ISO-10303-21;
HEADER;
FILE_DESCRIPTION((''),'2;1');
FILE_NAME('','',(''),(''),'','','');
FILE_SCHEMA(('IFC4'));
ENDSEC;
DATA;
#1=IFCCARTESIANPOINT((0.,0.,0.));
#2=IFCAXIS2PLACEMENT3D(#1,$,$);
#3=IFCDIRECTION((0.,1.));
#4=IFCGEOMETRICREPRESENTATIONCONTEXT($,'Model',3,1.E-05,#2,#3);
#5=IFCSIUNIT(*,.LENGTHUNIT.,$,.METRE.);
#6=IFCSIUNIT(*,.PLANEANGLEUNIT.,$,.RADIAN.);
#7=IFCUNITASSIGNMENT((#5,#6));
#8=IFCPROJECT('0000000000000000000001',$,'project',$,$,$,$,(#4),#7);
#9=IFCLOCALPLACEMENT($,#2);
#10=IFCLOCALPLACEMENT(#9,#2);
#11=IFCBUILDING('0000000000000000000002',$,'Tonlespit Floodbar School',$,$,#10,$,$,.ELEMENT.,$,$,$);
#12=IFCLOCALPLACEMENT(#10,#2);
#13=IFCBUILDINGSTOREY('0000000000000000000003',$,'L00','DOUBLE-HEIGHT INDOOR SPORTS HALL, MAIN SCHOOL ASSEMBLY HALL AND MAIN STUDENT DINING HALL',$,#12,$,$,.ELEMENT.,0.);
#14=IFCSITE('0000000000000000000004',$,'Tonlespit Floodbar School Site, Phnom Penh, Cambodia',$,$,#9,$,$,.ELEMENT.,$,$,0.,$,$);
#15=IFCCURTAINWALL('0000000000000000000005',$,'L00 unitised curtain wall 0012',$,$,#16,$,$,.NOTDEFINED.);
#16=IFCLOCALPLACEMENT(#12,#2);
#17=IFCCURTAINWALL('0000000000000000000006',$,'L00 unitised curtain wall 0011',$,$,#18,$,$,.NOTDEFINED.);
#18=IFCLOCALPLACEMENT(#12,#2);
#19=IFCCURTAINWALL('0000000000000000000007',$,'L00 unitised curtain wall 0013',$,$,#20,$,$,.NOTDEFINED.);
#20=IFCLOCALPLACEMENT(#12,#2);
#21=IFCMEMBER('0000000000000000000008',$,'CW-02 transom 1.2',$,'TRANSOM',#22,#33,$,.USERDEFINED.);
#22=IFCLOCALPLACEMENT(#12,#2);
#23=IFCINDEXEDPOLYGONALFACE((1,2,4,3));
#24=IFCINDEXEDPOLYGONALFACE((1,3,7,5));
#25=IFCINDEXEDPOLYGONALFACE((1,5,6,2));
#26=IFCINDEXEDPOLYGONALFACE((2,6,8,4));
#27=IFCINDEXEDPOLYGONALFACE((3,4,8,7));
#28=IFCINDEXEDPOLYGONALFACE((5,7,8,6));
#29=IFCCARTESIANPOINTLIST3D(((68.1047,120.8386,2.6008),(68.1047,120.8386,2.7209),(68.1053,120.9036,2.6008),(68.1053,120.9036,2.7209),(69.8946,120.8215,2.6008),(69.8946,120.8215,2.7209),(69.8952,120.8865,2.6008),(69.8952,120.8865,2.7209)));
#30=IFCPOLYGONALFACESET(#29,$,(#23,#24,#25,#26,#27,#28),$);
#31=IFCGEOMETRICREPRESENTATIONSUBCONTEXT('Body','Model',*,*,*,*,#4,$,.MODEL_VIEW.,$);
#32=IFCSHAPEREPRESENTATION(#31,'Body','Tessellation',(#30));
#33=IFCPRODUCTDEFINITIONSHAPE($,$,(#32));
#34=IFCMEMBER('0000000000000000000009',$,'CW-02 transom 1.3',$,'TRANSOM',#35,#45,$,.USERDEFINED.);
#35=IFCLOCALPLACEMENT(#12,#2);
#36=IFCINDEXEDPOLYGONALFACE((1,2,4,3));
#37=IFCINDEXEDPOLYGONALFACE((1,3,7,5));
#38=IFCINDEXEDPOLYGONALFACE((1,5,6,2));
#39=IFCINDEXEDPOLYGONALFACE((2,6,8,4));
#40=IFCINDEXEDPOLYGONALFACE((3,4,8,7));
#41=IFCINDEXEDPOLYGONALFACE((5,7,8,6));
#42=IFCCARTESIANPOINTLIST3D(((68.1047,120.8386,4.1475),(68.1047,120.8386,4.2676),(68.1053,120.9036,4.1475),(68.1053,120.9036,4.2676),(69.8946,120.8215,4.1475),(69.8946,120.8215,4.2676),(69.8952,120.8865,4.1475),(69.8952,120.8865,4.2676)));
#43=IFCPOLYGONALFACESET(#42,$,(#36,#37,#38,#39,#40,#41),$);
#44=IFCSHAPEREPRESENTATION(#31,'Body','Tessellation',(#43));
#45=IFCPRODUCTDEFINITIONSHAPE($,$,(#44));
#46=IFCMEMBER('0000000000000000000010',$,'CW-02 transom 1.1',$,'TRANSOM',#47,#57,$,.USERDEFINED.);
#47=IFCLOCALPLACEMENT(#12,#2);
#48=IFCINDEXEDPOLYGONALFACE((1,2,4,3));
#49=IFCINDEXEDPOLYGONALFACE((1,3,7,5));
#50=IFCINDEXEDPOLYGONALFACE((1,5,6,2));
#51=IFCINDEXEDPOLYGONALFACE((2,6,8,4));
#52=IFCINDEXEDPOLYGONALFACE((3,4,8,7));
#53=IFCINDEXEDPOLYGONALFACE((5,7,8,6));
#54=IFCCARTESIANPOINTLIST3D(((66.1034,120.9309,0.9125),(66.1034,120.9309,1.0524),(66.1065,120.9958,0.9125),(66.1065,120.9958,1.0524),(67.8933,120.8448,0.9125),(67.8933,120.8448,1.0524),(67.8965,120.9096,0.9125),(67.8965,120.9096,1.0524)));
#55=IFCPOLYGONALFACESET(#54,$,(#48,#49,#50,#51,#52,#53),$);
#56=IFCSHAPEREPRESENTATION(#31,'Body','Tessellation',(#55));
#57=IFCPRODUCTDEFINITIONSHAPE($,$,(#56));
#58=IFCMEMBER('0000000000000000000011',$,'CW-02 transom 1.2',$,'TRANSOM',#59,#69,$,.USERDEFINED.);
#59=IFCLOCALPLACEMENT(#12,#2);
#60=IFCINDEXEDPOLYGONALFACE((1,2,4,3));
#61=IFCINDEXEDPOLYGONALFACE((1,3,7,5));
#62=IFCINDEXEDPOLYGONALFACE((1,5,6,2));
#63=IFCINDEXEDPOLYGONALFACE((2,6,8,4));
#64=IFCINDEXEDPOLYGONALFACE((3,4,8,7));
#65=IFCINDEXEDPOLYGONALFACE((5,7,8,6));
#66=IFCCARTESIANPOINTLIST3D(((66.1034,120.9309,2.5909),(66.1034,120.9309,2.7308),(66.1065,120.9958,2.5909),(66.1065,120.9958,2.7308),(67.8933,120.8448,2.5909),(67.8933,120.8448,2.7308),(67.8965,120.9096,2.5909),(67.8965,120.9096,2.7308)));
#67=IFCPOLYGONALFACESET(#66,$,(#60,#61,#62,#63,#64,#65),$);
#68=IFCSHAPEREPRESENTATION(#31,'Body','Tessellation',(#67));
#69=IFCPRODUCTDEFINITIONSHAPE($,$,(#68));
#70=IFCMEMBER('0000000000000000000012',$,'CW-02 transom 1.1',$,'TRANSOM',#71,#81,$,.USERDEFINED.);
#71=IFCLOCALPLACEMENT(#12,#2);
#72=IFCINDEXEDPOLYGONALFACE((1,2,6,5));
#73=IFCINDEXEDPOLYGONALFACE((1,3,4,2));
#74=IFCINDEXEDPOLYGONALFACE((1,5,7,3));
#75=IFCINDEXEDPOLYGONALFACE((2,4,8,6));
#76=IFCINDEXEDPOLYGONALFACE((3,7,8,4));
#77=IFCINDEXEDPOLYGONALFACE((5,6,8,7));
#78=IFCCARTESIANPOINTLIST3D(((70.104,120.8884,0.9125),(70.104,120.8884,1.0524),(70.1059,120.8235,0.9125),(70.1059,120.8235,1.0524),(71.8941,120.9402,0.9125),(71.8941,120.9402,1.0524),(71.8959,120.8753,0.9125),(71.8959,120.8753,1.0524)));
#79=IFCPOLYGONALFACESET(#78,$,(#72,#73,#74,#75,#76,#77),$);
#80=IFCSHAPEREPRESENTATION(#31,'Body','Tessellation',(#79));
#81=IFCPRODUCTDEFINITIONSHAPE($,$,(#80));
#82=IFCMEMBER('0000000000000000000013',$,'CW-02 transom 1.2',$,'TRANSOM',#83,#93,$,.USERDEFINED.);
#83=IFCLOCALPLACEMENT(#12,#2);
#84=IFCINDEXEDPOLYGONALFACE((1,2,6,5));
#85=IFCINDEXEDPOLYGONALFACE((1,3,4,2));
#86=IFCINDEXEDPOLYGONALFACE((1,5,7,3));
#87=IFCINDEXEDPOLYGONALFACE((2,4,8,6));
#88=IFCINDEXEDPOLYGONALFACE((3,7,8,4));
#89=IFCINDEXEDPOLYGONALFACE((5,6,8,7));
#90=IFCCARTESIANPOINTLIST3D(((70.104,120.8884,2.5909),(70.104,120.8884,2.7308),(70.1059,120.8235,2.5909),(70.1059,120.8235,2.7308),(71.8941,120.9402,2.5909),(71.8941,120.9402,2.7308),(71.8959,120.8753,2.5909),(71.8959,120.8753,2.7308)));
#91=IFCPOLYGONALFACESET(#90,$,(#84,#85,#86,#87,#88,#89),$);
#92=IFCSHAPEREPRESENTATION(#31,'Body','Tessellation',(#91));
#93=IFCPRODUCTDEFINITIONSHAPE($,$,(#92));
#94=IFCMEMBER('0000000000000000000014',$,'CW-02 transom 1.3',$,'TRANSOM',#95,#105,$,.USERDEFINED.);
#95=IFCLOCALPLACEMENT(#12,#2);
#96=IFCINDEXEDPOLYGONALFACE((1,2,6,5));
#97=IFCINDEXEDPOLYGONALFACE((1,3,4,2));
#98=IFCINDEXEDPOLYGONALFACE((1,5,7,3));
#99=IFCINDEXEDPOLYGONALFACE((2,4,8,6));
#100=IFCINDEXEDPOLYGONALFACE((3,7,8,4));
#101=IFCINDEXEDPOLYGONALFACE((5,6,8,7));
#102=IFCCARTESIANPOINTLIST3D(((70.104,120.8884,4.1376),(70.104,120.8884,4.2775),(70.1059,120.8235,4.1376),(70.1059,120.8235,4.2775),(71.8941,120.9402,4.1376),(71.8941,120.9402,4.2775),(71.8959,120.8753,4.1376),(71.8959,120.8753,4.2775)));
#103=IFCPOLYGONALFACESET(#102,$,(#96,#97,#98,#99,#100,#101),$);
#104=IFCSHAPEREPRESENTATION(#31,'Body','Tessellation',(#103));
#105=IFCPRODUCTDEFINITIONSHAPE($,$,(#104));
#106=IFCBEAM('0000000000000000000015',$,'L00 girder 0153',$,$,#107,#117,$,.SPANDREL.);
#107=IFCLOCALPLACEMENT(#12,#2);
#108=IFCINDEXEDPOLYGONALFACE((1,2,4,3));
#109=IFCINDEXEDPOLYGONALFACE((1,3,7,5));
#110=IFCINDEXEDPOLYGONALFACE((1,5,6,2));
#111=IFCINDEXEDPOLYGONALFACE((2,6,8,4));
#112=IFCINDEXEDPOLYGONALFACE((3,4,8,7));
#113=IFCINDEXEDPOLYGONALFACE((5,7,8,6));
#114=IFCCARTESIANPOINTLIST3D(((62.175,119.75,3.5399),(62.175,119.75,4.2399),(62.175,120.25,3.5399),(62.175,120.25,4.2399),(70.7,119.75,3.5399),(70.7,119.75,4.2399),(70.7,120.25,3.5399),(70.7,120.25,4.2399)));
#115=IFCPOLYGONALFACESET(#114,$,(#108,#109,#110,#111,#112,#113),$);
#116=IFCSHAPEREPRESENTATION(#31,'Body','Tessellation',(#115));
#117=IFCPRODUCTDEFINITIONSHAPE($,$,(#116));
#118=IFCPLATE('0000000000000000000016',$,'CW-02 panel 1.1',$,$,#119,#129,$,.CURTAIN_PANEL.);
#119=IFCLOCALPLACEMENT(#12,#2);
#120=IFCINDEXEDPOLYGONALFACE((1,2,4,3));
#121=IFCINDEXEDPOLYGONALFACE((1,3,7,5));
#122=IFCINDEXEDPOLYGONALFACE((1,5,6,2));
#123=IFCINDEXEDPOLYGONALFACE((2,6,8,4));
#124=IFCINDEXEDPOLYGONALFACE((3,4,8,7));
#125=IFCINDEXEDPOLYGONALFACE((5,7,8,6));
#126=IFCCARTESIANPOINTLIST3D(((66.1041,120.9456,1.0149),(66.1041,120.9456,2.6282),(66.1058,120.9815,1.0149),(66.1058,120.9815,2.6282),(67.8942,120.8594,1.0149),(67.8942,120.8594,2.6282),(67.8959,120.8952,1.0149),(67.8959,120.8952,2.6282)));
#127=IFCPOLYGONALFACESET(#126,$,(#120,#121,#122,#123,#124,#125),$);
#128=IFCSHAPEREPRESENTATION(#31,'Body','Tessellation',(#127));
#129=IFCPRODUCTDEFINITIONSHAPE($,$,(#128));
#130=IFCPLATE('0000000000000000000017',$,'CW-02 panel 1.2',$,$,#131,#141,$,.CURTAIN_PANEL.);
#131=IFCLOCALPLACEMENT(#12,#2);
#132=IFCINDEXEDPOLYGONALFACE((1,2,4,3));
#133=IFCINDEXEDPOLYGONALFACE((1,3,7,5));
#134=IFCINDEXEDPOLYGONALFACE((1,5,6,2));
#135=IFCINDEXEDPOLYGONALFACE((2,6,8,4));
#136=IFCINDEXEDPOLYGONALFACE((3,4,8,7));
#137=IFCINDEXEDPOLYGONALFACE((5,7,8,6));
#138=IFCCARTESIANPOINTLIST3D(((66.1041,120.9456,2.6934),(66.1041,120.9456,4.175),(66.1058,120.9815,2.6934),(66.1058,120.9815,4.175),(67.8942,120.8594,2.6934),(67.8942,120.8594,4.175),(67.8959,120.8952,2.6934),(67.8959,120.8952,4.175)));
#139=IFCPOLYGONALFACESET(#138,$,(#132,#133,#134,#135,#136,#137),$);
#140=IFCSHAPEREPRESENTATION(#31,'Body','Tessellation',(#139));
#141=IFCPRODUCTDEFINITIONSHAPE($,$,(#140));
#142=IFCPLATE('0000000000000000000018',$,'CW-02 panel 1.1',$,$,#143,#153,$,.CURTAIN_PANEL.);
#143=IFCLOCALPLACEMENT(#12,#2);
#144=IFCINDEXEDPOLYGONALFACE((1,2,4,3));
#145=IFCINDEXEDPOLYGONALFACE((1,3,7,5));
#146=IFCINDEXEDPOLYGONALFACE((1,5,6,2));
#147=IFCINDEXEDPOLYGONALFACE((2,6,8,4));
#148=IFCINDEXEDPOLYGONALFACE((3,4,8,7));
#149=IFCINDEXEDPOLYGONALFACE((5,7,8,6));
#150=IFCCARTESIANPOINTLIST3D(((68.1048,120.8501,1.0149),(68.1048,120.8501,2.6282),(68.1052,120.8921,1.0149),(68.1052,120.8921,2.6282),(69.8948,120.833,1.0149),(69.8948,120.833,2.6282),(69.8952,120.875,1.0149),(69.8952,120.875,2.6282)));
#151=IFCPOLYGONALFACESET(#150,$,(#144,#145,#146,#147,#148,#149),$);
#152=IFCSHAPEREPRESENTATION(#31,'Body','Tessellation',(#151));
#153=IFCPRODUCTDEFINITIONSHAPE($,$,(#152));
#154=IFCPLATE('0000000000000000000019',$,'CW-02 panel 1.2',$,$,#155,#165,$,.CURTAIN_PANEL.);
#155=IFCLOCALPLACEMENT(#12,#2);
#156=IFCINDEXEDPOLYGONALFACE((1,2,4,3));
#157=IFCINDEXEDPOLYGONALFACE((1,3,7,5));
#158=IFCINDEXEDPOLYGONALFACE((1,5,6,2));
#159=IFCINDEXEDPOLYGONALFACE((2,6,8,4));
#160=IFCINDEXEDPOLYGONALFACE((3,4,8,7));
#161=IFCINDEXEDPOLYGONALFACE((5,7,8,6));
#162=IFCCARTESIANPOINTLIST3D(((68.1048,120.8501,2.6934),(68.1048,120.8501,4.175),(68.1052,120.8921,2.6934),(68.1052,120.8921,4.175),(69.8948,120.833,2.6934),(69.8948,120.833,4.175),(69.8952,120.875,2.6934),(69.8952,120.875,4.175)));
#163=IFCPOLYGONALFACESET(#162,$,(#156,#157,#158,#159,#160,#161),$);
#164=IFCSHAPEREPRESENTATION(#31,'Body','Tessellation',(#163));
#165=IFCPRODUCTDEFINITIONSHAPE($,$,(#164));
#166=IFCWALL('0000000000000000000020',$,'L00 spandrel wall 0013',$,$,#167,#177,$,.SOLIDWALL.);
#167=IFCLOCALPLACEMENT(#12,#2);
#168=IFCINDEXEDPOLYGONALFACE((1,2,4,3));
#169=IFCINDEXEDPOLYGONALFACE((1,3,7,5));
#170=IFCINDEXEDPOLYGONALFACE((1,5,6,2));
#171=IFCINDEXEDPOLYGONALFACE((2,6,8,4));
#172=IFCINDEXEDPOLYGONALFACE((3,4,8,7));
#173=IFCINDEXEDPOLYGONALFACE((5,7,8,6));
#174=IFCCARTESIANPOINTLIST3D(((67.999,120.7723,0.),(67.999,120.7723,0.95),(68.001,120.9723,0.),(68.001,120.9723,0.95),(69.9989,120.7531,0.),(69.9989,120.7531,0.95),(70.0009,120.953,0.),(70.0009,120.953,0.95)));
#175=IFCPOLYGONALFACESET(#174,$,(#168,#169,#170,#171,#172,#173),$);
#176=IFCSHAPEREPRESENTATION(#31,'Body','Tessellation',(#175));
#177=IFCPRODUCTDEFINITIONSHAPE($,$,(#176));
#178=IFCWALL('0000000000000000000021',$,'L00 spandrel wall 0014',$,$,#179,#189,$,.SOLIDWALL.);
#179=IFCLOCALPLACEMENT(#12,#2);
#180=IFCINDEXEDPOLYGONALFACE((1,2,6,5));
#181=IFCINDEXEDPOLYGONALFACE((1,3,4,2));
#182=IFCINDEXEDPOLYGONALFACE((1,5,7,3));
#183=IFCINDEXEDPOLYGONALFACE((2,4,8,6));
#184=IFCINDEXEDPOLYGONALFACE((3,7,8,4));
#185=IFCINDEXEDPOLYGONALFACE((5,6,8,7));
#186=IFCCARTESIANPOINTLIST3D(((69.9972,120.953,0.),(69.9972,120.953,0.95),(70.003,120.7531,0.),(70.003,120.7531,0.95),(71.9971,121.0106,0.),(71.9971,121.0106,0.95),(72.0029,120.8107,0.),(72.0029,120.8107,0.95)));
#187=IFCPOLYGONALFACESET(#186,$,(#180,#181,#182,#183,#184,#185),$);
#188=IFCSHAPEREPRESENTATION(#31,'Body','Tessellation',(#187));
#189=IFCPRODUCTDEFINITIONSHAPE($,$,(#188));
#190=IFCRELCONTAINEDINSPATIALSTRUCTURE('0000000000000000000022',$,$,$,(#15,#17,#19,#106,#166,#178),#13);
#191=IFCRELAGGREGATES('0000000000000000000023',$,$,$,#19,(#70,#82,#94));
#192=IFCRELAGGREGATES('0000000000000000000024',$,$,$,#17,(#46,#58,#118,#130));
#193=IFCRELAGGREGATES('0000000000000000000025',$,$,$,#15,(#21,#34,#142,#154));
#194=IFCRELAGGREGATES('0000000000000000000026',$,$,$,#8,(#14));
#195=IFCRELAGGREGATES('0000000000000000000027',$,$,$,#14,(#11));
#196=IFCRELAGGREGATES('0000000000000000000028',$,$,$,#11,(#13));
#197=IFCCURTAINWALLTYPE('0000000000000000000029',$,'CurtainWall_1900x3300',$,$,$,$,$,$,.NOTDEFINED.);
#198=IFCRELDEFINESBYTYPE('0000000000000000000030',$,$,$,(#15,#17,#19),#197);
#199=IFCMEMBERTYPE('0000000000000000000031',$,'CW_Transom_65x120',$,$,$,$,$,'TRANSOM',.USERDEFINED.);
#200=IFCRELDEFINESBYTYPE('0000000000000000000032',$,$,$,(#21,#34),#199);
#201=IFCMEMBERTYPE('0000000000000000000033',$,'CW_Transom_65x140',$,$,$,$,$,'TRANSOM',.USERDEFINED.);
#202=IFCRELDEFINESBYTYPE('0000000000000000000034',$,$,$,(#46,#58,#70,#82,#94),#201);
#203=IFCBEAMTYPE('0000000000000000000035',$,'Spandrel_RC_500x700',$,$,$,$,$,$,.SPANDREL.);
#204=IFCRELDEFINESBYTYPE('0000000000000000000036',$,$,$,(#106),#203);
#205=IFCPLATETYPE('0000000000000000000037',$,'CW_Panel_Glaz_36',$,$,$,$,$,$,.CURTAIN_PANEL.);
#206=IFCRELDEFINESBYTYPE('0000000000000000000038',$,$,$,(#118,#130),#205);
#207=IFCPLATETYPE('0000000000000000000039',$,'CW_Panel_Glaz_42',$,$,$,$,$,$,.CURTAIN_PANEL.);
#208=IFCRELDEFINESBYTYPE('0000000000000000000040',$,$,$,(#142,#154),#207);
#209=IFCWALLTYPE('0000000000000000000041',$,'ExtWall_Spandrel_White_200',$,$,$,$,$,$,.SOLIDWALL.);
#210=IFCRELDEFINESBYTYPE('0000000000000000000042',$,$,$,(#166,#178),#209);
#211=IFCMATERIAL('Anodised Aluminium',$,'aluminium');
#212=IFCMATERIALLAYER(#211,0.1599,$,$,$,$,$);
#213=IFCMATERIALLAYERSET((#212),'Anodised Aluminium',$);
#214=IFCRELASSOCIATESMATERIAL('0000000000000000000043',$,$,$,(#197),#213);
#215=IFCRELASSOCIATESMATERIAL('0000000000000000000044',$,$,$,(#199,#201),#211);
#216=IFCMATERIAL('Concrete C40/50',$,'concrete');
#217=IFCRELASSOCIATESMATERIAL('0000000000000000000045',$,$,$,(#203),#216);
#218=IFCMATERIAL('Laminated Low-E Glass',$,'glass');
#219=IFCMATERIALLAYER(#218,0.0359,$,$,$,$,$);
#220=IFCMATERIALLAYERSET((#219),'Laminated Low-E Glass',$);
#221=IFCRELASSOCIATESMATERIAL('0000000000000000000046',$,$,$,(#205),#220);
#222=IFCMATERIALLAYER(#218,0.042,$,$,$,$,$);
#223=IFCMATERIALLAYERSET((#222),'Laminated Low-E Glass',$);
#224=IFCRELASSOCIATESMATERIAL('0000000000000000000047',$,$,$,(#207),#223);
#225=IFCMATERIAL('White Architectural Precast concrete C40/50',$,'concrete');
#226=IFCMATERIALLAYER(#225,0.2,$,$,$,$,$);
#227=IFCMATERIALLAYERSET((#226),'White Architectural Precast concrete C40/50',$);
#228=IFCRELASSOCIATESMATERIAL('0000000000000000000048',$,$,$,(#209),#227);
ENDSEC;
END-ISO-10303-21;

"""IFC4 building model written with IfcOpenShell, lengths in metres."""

from ifc_helpers import new_model, si_unit, direction, frame, frame_2d, origin, origin_2d, place, context, subcontext, project, spatial, rectangle, extrude, material, layer, layer_set, material_profile, profile_set, type_object, element, aggregate, save


model = new_model("IFC4")

# Units and contexts
model_context = context("Model", 3, precision=1e-05, world=origin(), true_north=direction((0.0, 1.0)))
body_context = subcontext(model_context, "Body", "Model", "MODEL_VIEW")
ifc_project = project(units=[si_unit("LENGTHUNIT", "METRE"), si_unit("PLANEANGLEUNIT", "RADIAN")], contexts=[model_context])

# Site, building, storey
site_placement = place(None, origin())
site = spatial("IfcSite", under=ifc_project, at=site_placement, Name="Tonlespit Floodbar School Site, Phnom Penh, Cambodia", CompositionType="ELEMENT", RefElevation=0.0)
building_placement = place(site_placement, origin())
building = spatial("IfcBuilding", under=site, at=building_placement, Name="Tonlespit Floodbar School", CompositionType="ELEMENT")
storey_placement = place(building_placement, origin())
storey = spatial("IfcBuildingStorey", under=building, at=storey_placement, Name="L00", Description="DOUBLE-HEIGHT INDOOR SPORTS HALL, MAIN SCHOOL ASSEMBLY HALL AND MAIN STUDENT DINING HALL", CompositionType="ELEMENT", Elevation=0.0)

# Shared definitions
ifc_material_1 = material(Name="Concrete C40/50", Category="concrete")

# Curtain wall
ifc_material_2 = material(Name="Anodised Aluminium", Category="aluminium")
ifc_layer_1 = layer(ifc_material_2, 0.1599)
ifc_layer_set_1 = layer_set([ifc_layer_1], Name="Anodised Aluminium")
curtain_wall_type = type_object("IfcCurtainWallType", Name="CurtainWall_1900x3300", PredefinedType="NOTDEFINED", material=ifc_layer_set_1)
curtain_wall_1_placement = place(storey_placement, origin())
curtain_wall_1 = element("IfcCurtainWall", 1, at=curtain_wall_1_placement, inside=storey, type_object=curtain_wall_type, Name="L00 unitised curtain wall 0012", PredefinedType="NOTDEFINED")

# Curtain walls
curtain_wall_2_placement = place(storey_placement, origin())
curtain_wall_2 = element("IfcCurtainWall", 2, at=curtain_wall_2_placement, inside=storey, type_object=curtain_wall_type, Name="L00 unitised curtain wall 0011", PredefinedType="NOTDEFINED")
curtain_wall_3_placement = place(storey_placement, origin())
curtain_wall_3 = element("IfcCurtainWall", 3, at=curtain_wall_3_placement, inside=storey, type_object=curtain_wall_type, Name="L00 unitised curtain wall 0013", PredefinedType="NOTDEFINED")

# Members
ifc_material_profile_1 = material_profile(ifc_material_2, rectangle(XDim=0.0649, YDim=0.1201, at=origin_2d()), Name="ALU T65x120")
ifc_profile_set_1 = profile_set([ifc_material_profile_1], Name="Anodised Aluminium")
member_type_1 = type_object("IfcMemberType", Name="CW_Transom_65x120", ElementType="TRANSOM", PredefinedType="USERDEFINED", material=ifc_profile_set_1)
member_1_placement = place(storey_placement, frame((68.105, 120.8711, 2.6609), z_axis=(0.999954, -0.009547, 0.0), x_axis=(0.009547, 0.999954, 0.0)))
member_1 = element("IfcMember", 4, at=member_1_placement, type_object=member_type_1, Name="CW-02 transom 1.2", ObjectType="TRANSOM", PredefinedType="USERDEFINED", context=body_context, shape_type="SweptSolid", body=[
    extrude(rectangle(XDim=0.0649, YDim=0.1201, at=origin_2d()), origin(), (0.0, 0.0, 1.0), 1.79),
])
member_2_placement = place(storey_placement, frame((68.105, 120.8711, 4.2075), z_axis=(0.999954, -0.009547, 0.0), x_axis=(0.009547, 0.999954, 0.0)))
member_2 = element("IfcMember", 5, at=member_2_placement, type_object=member_type_1, Name="CW-02 transom 1.3", ObjectType="TRANSOM", PredefinedType="USERDEFINED", context=body_context, shape_type="SweptSolid", body=[
    extrude(rectangle(XDim=0.0649, YDim=0.1201, at=origin_2d()), origin(), (0.0, 0.0, 1.0), 1.79),
])
ifc_material_profile_2 = material_profile(ifc_material_2, rectangle(XDim=0.0649, YDim=0.1399, at=origin_2d()), Name="ALU T65x140")
ifc_profile_set_2 = profile_set([ifc_material_profile_2], Name="Anodised Aluminium")
member_type_2 = type_object("IfcMemberType", Name="CW_Transom_65x140", ElementType="TRANSOM", PredefinedType="USERDEFINED", material=ifc_profile_set_2)
member_3_placement = place(storey_placement, frame((66.105, 120.9634, 0.9824), z_axis=(0.998843, -0.048089, 0.0), x_axis=(0.048089, 0.998843, 0.0)))
member_3 = element("IfcMember", 6, at=member_3_placement, type_object=member_type_2, Name="CW-02 transom 1.1", ObjectType="TRANSOM", PredefinedType="USERDEFINED", context=body_context, shape_type="SweptSolid", body=[
    extrude(rectangle(XDim=0.0649, YDim=0.1399, at=origin_2d()), origin(), (0.0, 0.0, 1.0), 1.792),
])
member_4_placement = place(storey_placement, frame((66.105, 120.9634, 2.6609), z_axis=(0.998843, -0.048089, 0.0), x_axis=(0.048089, 0.998843, 0.0)))
member_4 = element("IfcMember", 7, at=member_4_placement, type_object=member_type_2, Name="CW-02 transom 1.2", ObjectType="TRANSOM", PredefinedType="USERDEFINED", context=body_context, shape_type="SweptSolid", body=[
    extrude(rectangle(XDim=0.0649, YDim=0.1399, at=origin_2d()), origin(), (0.0, 0.0, 1.0), 1.792),
])
member_5_placement = place(storey_placement, frame((70.105, 120.856, 0.9824), z_axis=(0.999582, 0.028902, 0.0), x_axis=(-0.028902, 0.999582, 0.0)))
member_5 = element("IfcMember", 8, at=member_5_placement, type_object=member_type_2, Name="CW-02 transom 1.1", ObjectType="TRANSOM", PredefinedType="USERDEFINED", context=body_context, shape_type="SweptSolid", body=[
    extrude(rectangle(XDim=0.0649, YDim=0.1399, at=origin_2d()), origin(), (0.0, 0.0, 1.0), 1.7908),
])
member_6_placement = place(storey_placement, frame((70.105, 120.856, 2.6609), z_axis=(0.999582, 0.028902, 0.0), x_axis=(-0.028902, 0.999582, 0.0)))
member_6 = element("IfcMember", 9, at=member_6_placement, type_object=member_type_2, Name="CW-02 transom 1.2", ObjectType="TRANSOM", PredefinedType="USERDEFINED", context=body_context, shape_type="SweptSolid", body=[
    extrude(rectangle(XDim=0.0649, YDim=0.1399, at=origin_2d()), origin(), (0.0, 0.0, 1.0), 1.7908),
])
member_7_placement = place(storey_placement, frame((70.105, 120.856, 4.2075), z_axis=(0.999582, 0.028902, 0.0), x_axis=(-0.028902, 0.999582, 0.0)))
member_7 = element("IfcMember", 10, at=member_7_placement, type_object=member_type_2, Name="CW-02 transom 1.3", ObjectType="TRANSOM", PredefinedType="USERDEFINED", context=body_context, shape_type="SweptSolid", body=[
    extrude(rectangle(XDim=0.0649, YDim=0.1399, at=origin_2d()), origin(), (0.0, 0.0, 1.0), 1.7908),
])
aggregate(curtain_wall_3, [member_5, member_6, member_7])

# Beam
ifc_material_profile_3 = material_profile(ifc_material_1, rectangle(XDim=0.5, YDim=0.7, at=origin_2d()), Name="RC 500x700")
ifc_profile_set_3 = profile_set([ifc_material_profile_3], Name="Concrete C40/50")
beam_type_1 = type_object("IfcBeamType", Name="Spandrel_RC_500x700", PredefinedType="SPANDREL", material=ifc_profile_set_3)
beam_1_placement = place(storey_placement, frame((62.175, 120.0, 3.8899), z_axis=(1.0, 0.0, 0.0), x_axis=(0.0, 1.0, 0.0)))
element("IfcBeam", 11, at=beam_1_placement, inside=storey, type_object=beam_type_1, Name="L00 girder 0153", PredefinedType="SPANDREL", context=body_context, shape_type="SweptSolid", body=[
    extrude(rectangle(XDim=0.5, YDim=0.7, at=origin_2d()), origin(), (0.0, 0.0, 1.0), 8.5249),
])

# Plates
ifc_material_3 = material(Name="Laminated Low-E Glass", Category="glass")
ifc_layer_2 = layer(ifc_material_3, 0.0359)
ifc_layer_set_2 = layer_set([ifc_layer_2], Name="Laminated Low-E Glass")
plate_type_1 = type_object("IfcPlateType", Name="CW_Panel_Glaz_36", PredefinedType="CURTAIN_PANEL", material=ifc_layer_set_2)
plate_1_placement = place(storey_placement, frame((67.0, 120.9204, 1.0149), z_axis=(0.0, 0.0, 1.0), x_axis=(0.998842, -0.048121, 0.0)))
plate_1 = element("IfcPlate", 12, at=plate_1_placement, type_object=plate_type_1, Name="CW-02 panel 1.1", PredefinedType="CURTAIN_PANEL", context=body_context, shape_type="SweptSolid", body=[
    extrude(rectangle(XDim=1.7922, YDim=0.0359, at=origin_2d()), origin(), (0.0, 0.0, 1.0), 1.6133),
])
plate_2_placement = place(storey_placement, frame((67.0, 120.9204, 2.6934), z_axis=(0.0, 0.0, 1.0), x_axis=(0.998842, -0.048121, 0.0)))
plate_2 = element("IfcPlate", 13, at=plate_2_placement, type_object=plate_type_1, Name="CW-02 panel 1.2", PredefinedType="CURTAIN_PANEL", context=body_context, shape_type="SweptSolid", body=[
    extrude(rectangle(XDim=1.7922, YDim=0.0359, at=origin_2d()), origin(), (0.0, 0.0, 1.0), 1.4817),
])
aggregate(curtain_wall_2, [member_3, member_4, plate_1, plate_2])
ifc_layer_3 = layer(ifc_material_3, 0.042)
ifc_layer_set_3 = layer_set([ifc_layer_3], Name="Laminated Low-E Glass")
plate_type_2 = type_object("IfcPlateType", Name="CW_Panel_Glaz_42", PredefinedType="CURTAIN_PANEL", material=ifc_layer_set_3)
plate_3_placement = place(storey_placement, frame((69.0, 120.8625, 1.0149), z_axis=(0.0, 0.0, 1.0), x_axis=(0.999954, -0.009583, 0.0)))
plate_3 = element("IfcPlate", 14, at=plate_3_placement, type_object=plate_type_2, Name="CW-02 panel 1.1", PredefinedType="CURTAIN_PANEL", context=body_context, shape_type="SweptSolid", body=[
    extrude(rectangle(XDim=1.79, YDim=0.042, at=origin_2d()), origin(), (0.0, 0.0, 1.0), 1.6133),
])
plate_4_placement = place(storey_placement, frame((69.0, 120.8625, 2.6934), z_axis=(0.0, 0.0, 1.0), x_axis=(0.999954, -0.009583, 0.0)))
plate_4 = element("IfcPlate", 15, at=plate_4_placement, type_object=plate_type_2, Name="CW-02 panel 1.2", PredefinedType="CURTAIN_PANEL", context=body_context, shape_type="SweptSolid", body=[
    extrude(rectangle(XDim=1.79, YDim=0.042, at=origin_2d()), origin(), (0.0, 0.0, 1.0), 1.4817),
])
aggregate(curtain_wall_1, [member_1, member_2, plate_3, plate_4])

# Walls
ifc_material_4 = material(Name="White Architectural Precast concrete C40/50", Category="concrete")
ifc_layer_4 = layer(ifc_material_4, 0.2)
ifc_layer_set_4 = layer_set([ifc_layer_4], Name="White Architectural Precast concrete C40/50")
wall_type_1 = type_object("IfcWallType", Name="ExtWall_Spandrel_White_200", PredefinedType="SOLIDWALL", material=ifc_layer_set_4)
wall_1_placement = place(storey_placement, frame((68.0, 120.8723, 0.0), z_axis=(0.0, 0.0, 1.0), x_axis=(0.999954, -0.009643, 0.0)))
element("IfcWall", 16, at=wall_1_placement, inside=storey, type_object=wall_type_1, Name="L00 spandrel wall 0013", PredefinedType="SOLIDWALL", context=body_context, shape_type="SweptSolid", body=[
    extrude(rectangle(XDim=2.0, YDim=0.2, at=frame_2d((1.0, 0.0))), origin(), (0.0, 0.0, 1.0), 0.95),
])
wall_2_placement = place(storey_placement, frame((70.0, 120.853, 0.0), z_axis=(0.0, 0.0, 1.0), x_axis=(0.999585, 0.028797, 0.0)))
element("IfcWall", 17, at=wall_2_placement, inside=storey, type_object=wall_type_1, Name="L00 spandrel wall 0014", PredefinedType="SOLIDWALL", context=body_context, shape_type="SweptSolid", body=[
    extrude(rectangle(XDim=2.0007, YDim=0.2, at=frame_2d((1.0005, 0.0))), origin(), (0.0, 0.0, 1.0), 0.95),
])

save(model, "model.ifc")
